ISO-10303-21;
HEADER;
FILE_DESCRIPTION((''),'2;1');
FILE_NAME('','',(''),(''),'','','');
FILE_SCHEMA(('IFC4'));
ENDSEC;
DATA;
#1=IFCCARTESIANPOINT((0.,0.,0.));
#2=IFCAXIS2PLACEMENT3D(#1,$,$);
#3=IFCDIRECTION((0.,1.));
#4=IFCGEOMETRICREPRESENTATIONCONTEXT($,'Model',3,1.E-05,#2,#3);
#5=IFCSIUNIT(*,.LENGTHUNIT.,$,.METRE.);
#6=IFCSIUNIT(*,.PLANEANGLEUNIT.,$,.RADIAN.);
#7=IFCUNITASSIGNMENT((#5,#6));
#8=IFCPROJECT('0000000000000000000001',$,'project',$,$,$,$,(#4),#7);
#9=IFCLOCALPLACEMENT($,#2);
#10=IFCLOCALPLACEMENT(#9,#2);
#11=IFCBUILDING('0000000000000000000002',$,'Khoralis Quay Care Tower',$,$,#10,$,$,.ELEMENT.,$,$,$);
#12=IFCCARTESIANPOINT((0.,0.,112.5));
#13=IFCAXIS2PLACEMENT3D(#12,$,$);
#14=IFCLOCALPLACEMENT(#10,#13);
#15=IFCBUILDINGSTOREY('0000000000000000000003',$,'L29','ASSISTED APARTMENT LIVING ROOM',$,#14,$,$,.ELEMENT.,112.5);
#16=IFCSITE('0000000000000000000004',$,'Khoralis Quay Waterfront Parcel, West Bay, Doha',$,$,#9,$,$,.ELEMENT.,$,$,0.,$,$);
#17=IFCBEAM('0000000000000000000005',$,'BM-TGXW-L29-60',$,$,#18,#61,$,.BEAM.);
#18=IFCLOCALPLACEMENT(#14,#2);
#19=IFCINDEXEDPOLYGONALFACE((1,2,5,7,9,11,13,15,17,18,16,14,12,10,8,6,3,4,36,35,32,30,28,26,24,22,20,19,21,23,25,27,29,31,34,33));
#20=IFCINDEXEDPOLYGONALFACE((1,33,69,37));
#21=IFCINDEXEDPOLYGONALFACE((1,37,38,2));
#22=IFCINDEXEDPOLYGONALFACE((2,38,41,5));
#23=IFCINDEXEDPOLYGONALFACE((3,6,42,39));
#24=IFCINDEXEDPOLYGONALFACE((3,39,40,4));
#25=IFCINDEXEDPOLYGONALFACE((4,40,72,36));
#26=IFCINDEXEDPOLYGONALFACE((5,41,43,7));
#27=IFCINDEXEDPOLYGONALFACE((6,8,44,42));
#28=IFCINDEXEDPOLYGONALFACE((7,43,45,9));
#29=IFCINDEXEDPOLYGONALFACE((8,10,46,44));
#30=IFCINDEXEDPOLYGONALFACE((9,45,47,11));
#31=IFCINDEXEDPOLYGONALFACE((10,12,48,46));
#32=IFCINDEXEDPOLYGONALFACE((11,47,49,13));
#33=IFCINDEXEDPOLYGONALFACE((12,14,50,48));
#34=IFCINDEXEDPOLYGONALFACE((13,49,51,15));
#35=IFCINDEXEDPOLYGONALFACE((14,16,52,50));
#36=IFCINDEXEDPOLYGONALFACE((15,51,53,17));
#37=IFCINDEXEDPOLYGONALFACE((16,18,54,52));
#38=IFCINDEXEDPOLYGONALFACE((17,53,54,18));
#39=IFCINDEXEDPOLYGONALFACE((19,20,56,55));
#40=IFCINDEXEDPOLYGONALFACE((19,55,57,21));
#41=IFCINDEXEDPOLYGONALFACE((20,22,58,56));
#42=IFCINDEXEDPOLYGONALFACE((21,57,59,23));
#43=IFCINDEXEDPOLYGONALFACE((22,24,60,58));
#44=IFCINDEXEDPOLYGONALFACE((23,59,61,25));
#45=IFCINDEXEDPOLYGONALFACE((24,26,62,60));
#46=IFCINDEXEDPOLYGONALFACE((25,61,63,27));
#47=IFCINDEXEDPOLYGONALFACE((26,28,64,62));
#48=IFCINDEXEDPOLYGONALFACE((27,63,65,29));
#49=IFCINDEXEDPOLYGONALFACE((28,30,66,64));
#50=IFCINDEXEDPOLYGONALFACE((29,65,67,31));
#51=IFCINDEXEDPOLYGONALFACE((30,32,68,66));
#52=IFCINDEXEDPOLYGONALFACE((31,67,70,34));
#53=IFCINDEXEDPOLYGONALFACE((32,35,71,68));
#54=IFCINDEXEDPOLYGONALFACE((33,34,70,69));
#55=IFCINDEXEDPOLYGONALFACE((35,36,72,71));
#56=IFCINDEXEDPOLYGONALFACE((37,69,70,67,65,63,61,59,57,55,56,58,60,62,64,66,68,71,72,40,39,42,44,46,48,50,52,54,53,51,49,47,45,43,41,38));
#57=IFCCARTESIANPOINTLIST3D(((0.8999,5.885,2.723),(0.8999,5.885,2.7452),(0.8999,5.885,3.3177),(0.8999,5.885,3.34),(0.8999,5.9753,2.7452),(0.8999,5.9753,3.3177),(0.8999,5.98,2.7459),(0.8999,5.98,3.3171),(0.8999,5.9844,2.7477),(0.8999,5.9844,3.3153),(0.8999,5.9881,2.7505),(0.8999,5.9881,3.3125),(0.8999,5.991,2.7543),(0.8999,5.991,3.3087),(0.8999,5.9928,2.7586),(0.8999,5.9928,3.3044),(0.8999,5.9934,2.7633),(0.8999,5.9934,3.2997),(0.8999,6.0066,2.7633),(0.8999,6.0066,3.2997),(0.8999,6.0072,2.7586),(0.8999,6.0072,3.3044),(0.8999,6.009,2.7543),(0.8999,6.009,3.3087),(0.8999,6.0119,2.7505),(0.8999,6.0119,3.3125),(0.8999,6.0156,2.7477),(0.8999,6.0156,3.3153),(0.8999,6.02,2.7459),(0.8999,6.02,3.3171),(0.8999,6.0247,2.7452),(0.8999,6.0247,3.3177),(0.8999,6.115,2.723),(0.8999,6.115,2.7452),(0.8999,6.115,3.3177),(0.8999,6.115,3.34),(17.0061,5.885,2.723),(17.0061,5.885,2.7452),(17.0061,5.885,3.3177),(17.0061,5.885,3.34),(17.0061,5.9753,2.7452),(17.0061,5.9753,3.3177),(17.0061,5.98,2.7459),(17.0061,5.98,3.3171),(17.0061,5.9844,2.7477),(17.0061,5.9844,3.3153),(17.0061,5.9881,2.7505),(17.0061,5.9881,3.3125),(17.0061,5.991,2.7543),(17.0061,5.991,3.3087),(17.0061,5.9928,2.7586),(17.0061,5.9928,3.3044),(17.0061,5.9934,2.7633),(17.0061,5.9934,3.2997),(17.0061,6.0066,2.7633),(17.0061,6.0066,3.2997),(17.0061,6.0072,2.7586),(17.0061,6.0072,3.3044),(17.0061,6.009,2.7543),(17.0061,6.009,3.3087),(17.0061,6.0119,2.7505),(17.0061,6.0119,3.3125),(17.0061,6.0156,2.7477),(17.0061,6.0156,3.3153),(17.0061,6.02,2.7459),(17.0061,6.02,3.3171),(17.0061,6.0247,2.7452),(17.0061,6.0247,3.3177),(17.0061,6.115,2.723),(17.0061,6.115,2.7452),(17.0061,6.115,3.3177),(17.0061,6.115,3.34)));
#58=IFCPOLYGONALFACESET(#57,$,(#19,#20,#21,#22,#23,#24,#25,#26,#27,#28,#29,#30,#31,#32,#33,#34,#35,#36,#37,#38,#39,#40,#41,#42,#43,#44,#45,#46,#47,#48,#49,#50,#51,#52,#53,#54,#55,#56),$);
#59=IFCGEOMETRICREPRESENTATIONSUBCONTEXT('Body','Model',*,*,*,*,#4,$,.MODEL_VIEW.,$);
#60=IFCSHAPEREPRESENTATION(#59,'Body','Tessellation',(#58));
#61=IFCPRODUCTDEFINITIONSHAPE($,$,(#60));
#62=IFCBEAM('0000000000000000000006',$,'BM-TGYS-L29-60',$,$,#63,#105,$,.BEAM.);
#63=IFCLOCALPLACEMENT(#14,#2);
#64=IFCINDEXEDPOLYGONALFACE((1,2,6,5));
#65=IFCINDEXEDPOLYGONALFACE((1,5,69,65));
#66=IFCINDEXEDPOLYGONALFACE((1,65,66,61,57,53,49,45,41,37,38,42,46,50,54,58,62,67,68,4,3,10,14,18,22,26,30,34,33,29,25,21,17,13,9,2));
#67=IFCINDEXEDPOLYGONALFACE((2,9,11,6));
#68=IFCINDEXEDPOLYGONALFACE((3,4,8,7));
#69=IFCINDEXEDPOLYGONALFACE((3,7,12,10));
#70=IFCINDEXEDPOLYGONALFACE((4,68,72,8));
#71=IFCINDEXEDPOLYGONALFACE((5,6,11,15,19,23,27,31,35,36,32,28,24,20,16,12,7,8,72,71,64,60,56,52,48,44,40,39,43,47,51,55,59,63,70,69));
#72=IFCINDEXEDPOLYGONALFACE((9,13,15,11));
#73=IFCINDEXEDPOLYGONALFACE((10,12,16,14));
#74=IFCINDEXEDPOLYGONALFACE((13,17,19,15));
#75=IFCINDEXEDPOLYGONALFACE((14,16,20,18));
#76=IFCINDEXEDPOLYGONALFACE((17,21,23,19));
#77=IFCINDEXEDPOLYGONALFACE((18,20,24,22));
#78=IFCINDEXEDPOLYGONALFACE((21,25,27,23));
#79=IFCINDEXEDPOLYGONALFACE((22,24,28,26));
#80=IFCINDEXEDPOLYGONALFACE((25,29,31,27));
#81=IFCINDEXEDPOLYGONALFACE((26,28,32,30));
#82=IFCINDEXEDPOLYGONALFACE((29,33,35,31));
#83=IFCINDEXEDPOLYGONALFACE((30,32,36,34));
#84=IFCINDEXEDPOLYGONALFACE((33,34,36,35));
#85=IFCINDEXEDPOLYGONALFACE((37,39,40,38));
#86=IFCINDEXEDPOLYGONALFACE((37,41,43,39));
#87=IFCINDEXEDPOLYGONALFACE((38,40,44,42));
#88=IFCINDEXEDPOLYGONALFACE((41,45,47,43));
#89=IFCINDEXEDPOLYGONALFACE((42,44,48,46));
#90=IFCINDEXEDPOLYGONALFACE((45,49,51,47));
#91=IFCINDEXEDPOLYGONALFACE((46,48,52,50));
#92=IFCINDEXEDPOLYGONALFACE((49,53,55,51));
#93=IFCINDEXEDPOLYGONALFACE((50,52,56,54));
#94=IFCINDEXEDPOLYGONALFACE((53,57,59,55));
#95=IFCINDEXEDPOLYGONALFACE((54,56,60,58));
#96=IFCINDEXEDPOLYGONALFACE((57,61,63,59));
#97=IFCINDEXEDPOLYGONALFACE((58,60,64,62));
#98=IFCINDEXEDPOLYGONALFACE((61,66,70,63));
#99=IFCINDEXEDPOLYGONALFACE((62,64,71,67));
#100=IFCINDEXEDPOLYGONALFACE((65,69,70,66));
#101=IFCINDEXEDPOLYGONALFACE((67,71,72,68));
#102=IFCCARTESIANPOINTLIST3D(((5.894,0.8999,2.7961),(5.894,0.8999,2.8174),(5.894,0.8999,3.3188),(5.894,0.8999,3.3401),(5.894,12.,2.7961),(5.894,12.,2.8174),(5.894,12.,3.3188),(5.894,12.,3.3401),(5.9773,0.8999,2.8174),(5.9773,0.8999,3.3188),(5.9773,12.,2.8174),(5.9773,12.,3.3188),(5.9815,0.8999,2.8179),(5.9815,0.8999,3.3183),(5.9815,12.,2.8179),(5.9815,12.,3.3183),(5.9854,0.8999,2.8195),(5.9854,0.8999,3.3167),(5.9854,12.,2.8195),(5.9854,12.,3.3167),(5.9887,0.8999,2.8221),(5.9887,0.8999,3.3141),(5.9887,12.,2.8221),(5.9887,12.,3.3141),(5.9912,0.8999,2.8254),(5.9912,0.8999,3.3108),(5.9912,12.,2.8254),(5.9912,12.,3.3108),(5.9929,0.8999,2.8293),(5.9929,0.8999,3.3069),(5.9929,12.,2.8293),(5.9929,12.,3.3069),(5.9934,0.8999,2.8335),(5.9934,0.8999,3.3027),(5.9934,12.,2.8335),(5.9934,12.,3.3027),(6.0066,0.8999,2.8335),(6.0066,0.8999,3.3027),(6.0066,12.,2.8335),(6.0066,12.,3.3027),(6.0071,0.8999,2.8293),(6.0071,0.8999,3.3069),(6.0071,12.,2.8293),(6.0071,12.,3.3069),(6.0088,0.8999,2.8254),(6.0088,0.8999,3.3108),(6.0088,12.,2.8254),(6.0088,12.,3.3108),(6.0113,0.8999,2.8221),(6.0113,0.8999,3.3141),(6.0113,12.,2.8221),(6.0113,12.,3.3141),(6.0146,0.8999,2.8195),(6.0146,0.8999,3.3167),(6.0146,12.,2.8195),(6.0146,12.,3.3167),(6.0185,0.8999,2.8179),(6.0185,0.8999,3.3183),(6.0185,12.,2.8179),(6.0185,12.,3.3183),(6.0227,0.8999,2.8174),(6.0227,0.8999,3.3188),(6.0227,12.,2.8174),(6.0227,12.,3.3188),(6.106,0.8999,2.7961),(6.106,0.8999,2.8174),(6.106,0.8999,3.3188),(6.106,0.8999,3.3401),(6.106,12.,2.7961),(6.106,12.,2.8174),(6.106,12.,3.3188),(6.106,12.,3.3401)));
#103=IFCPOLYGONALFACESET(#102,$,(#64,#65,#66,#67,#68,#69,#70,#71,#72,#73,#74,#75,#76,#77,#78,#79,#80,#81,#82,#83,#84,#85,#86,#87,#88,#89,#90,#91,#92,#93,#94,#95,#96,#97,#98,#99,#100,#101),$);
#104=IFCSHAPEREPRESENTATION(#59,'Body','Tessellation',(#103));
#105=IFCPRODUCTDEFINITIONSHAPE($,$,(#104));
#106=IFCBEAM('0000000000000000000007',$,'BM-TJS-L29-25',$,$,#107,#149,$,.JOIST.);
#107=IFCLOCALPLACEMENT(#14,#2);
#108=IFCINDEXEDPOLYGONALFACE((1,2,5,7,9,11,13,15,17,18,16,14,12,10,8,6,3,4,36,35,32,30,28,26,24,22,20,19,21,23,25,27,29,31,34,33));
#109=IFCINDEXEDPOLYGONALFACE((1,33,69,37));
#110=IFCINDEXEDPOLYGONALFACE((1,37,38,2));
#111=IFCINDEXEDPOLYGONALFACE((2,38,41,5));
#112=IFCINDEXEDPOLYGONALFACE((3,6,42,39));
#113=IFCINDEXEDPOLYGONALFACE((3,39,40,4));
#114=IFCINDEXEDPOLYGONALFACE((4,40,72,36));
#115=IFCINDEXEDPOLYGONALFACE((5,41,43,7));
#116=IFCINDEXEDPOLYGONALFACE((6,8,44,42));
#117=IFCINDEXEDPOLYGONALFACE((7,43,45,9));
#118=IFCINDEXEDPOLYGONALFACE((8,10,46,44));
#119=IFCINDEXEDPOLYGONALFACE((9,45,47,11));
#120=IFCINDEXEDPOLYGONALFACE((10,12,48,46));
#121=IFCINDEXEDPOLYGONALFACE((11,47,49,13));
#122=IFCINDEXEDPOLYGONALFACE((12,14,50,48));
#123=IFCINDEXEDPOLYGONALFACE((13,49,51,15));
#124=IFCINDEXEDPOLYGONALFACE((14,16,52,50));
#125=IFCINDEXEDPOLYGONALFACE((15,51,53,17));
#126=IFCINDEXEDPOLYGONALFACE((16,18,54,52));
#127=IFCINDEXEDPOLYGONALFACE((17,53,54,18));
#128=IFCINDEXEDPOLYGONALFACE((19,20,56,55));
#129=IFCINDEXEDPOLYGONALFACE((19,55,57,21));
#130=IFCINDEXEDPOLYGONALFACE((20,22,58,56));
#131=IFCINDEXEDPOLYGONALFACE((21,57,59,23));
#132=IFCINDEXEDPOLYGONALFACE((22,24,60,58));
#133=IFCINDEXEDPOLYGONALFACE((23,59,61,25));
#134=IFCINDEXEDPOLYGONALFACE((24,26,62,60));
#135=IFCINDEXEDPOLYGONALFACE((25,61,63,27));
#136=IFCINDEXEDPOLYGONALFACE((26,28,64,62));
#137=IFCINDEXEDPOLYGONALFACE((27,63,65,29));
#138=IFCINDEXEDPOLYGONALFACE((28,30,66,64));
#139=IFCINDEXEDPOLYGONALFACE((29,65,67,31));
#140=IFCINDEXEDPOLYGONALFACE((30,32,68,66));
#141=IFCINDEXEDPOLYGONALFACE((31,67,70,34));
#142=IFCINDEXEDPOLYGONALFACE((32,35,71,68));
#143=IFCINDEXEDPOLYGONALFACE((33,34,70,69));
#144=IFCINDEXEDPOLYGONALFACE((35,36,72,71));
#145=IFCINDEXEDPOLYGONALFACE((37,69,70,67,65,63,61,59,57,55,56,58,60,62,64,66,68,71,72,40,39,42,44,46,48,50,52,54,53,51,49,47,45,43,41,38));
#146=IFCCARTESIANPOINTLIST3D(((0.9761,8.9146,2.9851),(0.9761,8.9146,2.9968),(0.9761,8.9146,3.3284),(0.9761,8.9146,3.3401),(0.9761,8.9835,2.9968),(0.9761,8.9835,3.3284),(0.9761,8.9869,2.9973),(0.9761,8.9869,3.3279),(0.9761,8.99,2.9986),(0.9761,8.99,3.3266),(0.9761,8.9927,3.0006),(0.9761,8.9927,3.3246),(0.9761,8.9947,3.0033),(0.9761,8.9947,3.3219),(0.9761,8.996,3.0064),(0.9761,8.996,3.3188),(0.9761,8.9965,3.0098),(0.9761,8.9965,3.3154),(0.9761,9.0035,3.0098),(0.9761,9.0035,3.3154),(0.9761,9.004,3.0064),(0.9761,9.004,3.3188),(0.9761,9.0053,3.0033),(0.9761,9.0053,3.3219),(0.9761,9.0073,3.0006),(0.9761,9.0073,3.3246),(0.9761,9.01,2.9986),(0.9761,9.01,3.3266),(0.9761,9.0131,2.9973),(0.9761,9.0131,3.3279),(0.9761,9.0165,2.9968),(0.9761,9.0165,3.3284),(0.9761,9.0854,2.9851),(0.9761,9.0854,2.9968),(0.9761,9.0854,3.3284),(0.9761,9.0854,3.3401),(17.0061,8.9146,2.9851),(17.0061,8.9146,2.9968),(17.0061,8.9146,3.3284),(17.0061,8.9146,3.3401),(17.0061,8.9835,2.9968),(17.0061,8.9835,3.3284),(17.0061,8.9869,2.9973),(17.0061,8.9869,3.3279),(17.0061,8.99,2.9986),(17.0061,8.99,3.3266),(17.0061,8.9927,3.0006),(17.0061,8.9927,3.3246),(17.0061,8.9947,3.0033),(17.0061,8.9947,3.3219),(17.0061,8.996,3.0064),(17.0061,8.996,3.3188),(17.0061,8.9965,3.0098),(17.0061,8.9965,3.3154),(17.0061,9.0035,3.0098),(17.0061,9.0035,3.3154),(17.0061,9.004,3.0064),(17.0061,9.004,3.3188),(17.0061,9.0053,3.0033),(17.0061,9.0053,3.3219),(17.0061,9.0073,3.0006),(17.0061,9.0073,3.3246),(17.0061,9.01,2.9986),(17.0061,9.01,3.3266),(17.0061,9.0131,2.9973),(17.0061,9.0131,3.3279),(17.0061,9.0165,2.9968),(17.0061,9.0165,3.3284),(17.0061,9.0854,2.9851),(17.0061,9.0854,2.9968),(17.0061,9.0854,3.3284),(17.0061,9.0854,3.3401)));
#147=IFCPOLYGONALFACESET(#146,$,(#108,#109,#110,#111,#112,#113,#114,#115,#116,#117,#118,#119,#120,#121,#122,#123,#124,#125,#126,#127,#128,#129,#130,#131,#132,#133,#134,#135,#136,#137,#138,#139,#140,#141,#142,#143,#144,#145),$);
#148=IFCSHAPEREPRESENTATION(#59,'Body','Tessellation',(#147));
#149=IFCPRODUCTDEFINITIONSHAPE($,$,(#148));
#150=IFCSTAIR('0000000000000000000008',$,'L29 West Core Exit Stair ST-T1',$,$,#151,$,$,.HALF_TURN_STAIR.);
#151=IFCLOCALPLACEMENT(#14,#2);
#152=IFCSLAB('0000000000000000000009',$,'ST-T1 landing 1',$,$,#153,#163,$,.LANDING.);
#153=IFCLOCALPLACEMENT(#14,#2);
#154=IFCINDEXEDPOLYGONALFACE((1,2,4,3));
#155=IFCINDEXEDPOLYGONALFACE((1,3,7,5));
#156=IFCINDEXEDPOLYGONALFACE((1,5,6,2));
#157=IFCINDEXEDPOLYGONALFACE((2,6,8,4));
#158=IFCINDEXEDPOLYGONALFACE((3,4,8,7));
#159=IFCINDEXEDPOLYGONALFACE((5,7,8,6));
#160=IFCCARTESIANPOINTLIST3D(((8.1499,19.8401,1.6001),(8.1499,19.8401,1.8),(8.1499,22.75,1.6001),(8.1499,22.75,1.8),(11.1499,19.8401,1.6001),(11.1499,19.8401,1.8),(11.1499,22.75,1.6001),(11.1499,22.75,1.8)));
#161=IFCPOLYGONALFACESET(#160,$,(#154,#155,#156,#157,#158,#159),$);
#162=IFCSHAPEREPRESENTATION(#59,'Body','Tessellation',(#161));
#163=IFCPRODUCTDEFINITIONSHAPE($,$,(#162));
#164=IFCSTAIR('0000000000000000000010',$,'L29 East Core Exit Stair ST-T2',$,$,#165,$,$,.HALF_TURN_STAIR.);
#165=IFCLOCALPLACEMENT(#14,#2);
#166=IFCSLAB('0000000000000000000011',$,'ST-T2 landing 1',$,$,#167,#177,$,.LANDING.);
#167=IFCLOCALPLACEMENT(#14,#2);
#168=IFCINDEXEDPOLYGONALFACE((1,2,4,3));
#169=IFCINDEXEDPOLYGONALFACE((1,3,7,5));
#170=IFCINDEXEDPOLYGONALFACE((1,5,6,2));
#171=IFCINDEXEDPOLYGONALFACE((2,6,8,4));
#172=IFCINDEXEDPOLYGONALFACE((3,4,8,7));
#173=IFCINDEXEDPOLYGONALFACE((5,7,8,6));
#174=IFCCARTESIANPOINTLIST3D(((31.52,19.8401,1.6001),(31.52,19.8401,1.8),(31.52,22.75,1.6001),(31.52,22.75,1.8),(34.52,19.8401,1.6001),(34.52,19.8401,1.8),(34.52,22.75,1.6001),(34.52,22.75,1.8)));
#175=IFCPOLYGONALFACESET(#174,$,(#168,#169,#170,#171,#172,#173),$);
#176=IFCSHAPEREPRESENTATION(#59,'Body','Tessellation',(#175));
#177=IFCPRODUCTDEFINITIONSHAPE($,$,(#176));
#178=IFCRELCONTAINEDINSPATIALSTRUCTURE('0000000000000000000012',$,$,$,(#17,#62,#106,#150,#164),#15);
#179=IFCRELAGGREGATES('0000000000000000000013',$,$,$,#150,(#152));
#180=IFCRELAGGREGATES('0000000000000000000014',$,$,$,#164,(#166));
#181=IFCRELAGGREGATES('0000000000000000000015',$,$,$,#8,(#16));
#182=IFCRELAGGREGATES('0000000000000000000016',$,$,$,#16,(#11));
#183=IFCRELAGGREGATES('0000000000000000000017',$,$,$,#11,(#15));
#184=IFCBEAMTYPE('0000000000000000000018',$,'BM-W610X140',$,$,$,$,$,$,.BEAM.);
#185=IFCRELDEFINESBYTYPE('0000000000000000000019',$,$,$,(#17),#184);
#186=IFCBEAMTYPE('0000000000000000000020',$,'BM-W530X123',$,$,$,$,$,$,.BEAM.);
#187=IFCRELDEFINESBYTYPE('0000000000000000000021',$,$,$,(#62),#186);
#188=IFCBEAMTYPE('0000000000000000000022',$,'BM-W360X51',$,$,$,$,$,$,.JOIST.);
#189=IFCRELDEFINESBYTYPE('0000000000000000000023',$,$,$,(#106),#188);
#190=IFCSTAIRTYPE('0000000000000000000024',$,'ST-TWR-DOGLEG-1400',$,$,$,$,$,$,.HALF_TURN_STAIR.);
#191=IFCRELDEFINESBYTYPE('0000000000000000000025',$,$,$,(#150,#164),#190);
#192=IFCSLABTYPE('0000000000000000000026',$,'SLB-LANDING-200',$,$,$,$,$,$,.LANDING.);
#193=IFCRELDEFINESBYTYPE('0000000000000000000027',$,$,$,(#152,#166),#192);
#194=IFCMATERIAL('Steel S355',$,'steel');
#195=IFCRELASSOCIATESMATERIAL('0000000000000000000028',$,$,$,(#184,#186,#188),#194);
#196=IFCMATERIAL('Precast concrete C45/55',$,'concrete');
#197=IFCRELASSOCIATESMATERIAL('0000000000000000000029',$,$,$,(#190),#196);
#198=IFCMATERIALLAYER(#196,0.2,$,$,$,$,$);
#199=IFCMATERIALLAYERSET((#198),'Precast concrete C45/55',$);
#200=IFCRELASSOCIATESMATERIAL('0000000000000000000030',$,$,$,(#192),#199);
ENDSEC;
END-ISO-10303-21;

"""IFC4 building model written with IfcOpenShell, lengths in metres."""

from ifc_helpers import new_model, si_unit, direction, frame, origin, origin_2d, place, context, subcontext, project, spatial, polyline, i_section, outline, extrude, source, transform, mapped, material, layer, layer_set, material_profile, profile_set, type_object, element, aggregate, save


model = new_model("IFC4")

# Units and contexts
model_context = context("Model", 3, precision=1e-05, world=origin(), true_north=direction((0.0, 1.0)))
body_context = subcontext(model_context, "Body", "Model", "MODEL_VIEW")
ifc_project = project(units=[si_unit("LENGTHUNIT", "METRE"), si_unit("PLANEANGLEUNIT", "RADIAN")], contexts=[model_context])

# Site, building, storey
site_placement = place(None, origin())
site = spatial("IfcSite", under=ifc_project, at=site_placement, Name="Khoralis Quay Waterfront Parcel, West Bay, Doha", CompositionType="ELEMENT", RefElevation=0.0)
building_placement = place(site_placement, origin())
building = spatial("IfcBuilding", under=site, at=building_placement, Name="Khoralis Quay Care Tower", CompositionType="ELEMENT")
storey_placement = place(building_placement, frame((0.0, 0.0, 112.5)))
storey = spatial("IfcBuildingStorey", under=building, at=storey_placement, Name="L29", Description="ASSISTED APARTMENT LIVING ROOM", CompositionType="ELEMENT", Elevation=112.5)

# Beams
ifc_material_1 = material(Name="Steel S355", Category="steel")
ifc_material_profile_1 = material_profile(ifc_material_1, i_section(OverallWidth=0.23, OverallDepth=0.6169, WebThickness=0.0132, FlangeThickness=0.0222, FilletRadius=0.0181, at=origin_2d()), Name="Steel S355")
ifc_profile_set_1 = profile_set([ifc_material_profile_1], Name="Steel S355")
beam_type_1 = type_object("IfcBeamType", Name="BM-W610X140", PredefinedType="BEAM", material=ifc_profile_set_1)
shared_shape_1 = source(origin(), body_context, "Body", "SweptSolid", [
    extrude(i_section(OverallWidth=0.23, OverallDepth=0.6169, WebThickness=0.0132, FlangeThickness=0.0222, FilletRadius=0.0181, at=origin_2d()), origin(), (0.0, 0.0, 1.0), 16.1062),
])
beam_1_placement = place(storey_placement, frame((0.8999, 6.0, 3.0315), z_axis=(1.0, 0.0, 0.0), x_axis=(0.0, 1.0, 0.0)))
element("IfcBeam", 1, at=beam_1_placement, inside=storey, type_object=beam_type_1, Name="BM-TGXW-L29-60", PredefinedType="BEAM", context=body_context, shape_type="MappedRepresentation", body=[
    mapped(shared_shape_1, transform((0.0, 0.0, 0.0), scale=1.0)),
])
ifc_material_profile_2 = material_profile(ifc_material_1, i_section(OverallWidth=0.2119, OverallDepth=0.5439, WebThickness=0.0132, FlangeThickness=0.0212, FilletRadius=0.0161, at=origin_2d()), Name="Steel S355")
ifc_profile_set_2 = profile_set([ifc_material_profile_2], Name="Steel S355")
beam_type_2 = type_object("IfcBeamType", Name="BM-W530X123", PredefinedType="BEAM", material=ifc_profile_set_2)
shared_shape_2 = source(origin(), body_context, "Body", "SweptSolid", [
    extrude(i_section(OverallWidth=0.2119, OverallDepth=0.5439, WebThickness=0.0132, FlangeThickness=0.0212, FilletRadius=0.0161, at=origin_2d()), origin(), (0.0, 0.0, 1.0), 11.1001),
])
beam_2_placement = place(storey_placement, frame((6.0, 0.8999, 3.0681), z_axis=(0.0, 1.0, 0.0), x_axis=(-1.0, 0.0, 0.0)))
element("IfcBeam", 2, at=beam_2_placement, inside=storey, type_object=beam_type_2, Name="BM-TGYS-L29-60", PredefinedType="BEAM", context=body_context, shape_type="MappedRepresentation", body=[
    mapped(shared_shape_2, transform((0.0, 0.0, 0.0), scale=1.0)),
])
ifc_material_profile_3 = material_profile(ifc_material_1, i_section(OverallWidth=0.1709, OverallDepth=0.355, WebThickness=0.0071, FlangeThickness=0.0117, FilletRadius=0.0129, at=origin_2d()), Name="Steel S355")
ifc_profile_set_3 = profile_set([ifc_material_profile_3], Name="Steel S355")
beam_type_3 = type_object("IfcBeamType", Name="BM-W360X51", PredefinedType="JOIST", material=ifc_profile_set_3)
shared_shape_3 = source(origin(), body_context, "Body", "SweptSolid", [
    extrude(i_section(OverallWidth=0.1709, OverallDepth=0.355, WebThickness=0.0071, FlangeThickness=0.0117, FilletRadius=0.0129, at=origin_2d()), origin(), (0.0, 0.0, 1.0), 16.03),
])
beam_3_placement = place(storey_placement, frame((0.9761, 9.0, 3.1626), z_axis=(1.0, 0.0, 0.0), x_axis=(0.0, 1.0, 0.0)))
element("IfcBeam", 3, at=beam_3_placement, inside=storey, type_object=beam_type_3, Name="BM-TJS-L29-25", PredefinedType="JOIST", context=body_context, shape_type="MappedRepresentation", body=[
    mapped(shared_shape_3, transform((0.0, 0.0, 0.0), scale=1.0)),
])

# Stairs, slabs
ifc_material_2 = material(Name="Precast concrete C45/55", Category="concrete")
stair_type = type_object("IfcStairType", Name="ST-TWR-DOGLEG-1400", PredefinedType="HALF_TURN_STAIR", material=ifc_material_2)
stair_1_placement = place(storey_placement, origin())
stair_1 = element("IfcStair", 4, at=stair_1_placement, inside=storey, type_object=stair_type, Name="L29 West Core Exit Stair ST-T1", PredefinedType="HALF_TURN_STAIR")
ifc_layer_1 = layer(ifc_material_2, 0.2)
ifc_layer_set_1 = layer_set([ifc_layer_1], Name="Precast concrete C45/55")
slab_type_1 = type_object("IfcSlabType", Name="SLB-LANDING-200", PredefinedType="LANDING", material=ifc_layer_set_1)
slab_1_placement = place(storey_placement, frame((0.0, 0.0, 1.6001)))
slab_1 = element("IfcSlab", 5, at=slab_1_placement, type_object=slab_type_1, Name="ST-T1 landing 1", PredefinedType="LANDING", context=body_context, shape_type="SweptSolid", body=[
    extrude(outline(polyline([(11.1499, 19.8401), (11.1499, 22.75), (8.1499, 22.75), (8.1499, 19.8401), (11.1499, 19.8401)])), origin(), (0.0, 0.0, 1.0), 0.2),
])
aggregate(stair_1, [slab_1])
stair_2_placement = place(storey_placement, origin())
stair_2 = element("IfcStair", 6, at=stair_2_placement, inside=storey, type_object=stair_type, Name="L29 East Core Exit Stair ST-T2", PredefinedType="HALF_TURN_STAIR")
slab_2_placement = place(storey_placement, frame((0.0, 0.0, 1.6001)))
slab_2 = element("IfcSlab", 7, at=slab_2_placement, type_object=slab_type_1, Name="ST-T2 landing 1", PredefinedType="LANDING", context=body_context, shape_type="SweptSolid", body=[
    extrude(outline(polyline([(34.52, 19.8401), (34.52, 22.75), (31.52, 22.75), (31.52, 19.8401), (34.52, 19.8401)])), origin(), (0.0, 0.0, 1.0), 0.2),
])
aggregate(stair_2, [slab_2])

save(model, "model.ifc")
